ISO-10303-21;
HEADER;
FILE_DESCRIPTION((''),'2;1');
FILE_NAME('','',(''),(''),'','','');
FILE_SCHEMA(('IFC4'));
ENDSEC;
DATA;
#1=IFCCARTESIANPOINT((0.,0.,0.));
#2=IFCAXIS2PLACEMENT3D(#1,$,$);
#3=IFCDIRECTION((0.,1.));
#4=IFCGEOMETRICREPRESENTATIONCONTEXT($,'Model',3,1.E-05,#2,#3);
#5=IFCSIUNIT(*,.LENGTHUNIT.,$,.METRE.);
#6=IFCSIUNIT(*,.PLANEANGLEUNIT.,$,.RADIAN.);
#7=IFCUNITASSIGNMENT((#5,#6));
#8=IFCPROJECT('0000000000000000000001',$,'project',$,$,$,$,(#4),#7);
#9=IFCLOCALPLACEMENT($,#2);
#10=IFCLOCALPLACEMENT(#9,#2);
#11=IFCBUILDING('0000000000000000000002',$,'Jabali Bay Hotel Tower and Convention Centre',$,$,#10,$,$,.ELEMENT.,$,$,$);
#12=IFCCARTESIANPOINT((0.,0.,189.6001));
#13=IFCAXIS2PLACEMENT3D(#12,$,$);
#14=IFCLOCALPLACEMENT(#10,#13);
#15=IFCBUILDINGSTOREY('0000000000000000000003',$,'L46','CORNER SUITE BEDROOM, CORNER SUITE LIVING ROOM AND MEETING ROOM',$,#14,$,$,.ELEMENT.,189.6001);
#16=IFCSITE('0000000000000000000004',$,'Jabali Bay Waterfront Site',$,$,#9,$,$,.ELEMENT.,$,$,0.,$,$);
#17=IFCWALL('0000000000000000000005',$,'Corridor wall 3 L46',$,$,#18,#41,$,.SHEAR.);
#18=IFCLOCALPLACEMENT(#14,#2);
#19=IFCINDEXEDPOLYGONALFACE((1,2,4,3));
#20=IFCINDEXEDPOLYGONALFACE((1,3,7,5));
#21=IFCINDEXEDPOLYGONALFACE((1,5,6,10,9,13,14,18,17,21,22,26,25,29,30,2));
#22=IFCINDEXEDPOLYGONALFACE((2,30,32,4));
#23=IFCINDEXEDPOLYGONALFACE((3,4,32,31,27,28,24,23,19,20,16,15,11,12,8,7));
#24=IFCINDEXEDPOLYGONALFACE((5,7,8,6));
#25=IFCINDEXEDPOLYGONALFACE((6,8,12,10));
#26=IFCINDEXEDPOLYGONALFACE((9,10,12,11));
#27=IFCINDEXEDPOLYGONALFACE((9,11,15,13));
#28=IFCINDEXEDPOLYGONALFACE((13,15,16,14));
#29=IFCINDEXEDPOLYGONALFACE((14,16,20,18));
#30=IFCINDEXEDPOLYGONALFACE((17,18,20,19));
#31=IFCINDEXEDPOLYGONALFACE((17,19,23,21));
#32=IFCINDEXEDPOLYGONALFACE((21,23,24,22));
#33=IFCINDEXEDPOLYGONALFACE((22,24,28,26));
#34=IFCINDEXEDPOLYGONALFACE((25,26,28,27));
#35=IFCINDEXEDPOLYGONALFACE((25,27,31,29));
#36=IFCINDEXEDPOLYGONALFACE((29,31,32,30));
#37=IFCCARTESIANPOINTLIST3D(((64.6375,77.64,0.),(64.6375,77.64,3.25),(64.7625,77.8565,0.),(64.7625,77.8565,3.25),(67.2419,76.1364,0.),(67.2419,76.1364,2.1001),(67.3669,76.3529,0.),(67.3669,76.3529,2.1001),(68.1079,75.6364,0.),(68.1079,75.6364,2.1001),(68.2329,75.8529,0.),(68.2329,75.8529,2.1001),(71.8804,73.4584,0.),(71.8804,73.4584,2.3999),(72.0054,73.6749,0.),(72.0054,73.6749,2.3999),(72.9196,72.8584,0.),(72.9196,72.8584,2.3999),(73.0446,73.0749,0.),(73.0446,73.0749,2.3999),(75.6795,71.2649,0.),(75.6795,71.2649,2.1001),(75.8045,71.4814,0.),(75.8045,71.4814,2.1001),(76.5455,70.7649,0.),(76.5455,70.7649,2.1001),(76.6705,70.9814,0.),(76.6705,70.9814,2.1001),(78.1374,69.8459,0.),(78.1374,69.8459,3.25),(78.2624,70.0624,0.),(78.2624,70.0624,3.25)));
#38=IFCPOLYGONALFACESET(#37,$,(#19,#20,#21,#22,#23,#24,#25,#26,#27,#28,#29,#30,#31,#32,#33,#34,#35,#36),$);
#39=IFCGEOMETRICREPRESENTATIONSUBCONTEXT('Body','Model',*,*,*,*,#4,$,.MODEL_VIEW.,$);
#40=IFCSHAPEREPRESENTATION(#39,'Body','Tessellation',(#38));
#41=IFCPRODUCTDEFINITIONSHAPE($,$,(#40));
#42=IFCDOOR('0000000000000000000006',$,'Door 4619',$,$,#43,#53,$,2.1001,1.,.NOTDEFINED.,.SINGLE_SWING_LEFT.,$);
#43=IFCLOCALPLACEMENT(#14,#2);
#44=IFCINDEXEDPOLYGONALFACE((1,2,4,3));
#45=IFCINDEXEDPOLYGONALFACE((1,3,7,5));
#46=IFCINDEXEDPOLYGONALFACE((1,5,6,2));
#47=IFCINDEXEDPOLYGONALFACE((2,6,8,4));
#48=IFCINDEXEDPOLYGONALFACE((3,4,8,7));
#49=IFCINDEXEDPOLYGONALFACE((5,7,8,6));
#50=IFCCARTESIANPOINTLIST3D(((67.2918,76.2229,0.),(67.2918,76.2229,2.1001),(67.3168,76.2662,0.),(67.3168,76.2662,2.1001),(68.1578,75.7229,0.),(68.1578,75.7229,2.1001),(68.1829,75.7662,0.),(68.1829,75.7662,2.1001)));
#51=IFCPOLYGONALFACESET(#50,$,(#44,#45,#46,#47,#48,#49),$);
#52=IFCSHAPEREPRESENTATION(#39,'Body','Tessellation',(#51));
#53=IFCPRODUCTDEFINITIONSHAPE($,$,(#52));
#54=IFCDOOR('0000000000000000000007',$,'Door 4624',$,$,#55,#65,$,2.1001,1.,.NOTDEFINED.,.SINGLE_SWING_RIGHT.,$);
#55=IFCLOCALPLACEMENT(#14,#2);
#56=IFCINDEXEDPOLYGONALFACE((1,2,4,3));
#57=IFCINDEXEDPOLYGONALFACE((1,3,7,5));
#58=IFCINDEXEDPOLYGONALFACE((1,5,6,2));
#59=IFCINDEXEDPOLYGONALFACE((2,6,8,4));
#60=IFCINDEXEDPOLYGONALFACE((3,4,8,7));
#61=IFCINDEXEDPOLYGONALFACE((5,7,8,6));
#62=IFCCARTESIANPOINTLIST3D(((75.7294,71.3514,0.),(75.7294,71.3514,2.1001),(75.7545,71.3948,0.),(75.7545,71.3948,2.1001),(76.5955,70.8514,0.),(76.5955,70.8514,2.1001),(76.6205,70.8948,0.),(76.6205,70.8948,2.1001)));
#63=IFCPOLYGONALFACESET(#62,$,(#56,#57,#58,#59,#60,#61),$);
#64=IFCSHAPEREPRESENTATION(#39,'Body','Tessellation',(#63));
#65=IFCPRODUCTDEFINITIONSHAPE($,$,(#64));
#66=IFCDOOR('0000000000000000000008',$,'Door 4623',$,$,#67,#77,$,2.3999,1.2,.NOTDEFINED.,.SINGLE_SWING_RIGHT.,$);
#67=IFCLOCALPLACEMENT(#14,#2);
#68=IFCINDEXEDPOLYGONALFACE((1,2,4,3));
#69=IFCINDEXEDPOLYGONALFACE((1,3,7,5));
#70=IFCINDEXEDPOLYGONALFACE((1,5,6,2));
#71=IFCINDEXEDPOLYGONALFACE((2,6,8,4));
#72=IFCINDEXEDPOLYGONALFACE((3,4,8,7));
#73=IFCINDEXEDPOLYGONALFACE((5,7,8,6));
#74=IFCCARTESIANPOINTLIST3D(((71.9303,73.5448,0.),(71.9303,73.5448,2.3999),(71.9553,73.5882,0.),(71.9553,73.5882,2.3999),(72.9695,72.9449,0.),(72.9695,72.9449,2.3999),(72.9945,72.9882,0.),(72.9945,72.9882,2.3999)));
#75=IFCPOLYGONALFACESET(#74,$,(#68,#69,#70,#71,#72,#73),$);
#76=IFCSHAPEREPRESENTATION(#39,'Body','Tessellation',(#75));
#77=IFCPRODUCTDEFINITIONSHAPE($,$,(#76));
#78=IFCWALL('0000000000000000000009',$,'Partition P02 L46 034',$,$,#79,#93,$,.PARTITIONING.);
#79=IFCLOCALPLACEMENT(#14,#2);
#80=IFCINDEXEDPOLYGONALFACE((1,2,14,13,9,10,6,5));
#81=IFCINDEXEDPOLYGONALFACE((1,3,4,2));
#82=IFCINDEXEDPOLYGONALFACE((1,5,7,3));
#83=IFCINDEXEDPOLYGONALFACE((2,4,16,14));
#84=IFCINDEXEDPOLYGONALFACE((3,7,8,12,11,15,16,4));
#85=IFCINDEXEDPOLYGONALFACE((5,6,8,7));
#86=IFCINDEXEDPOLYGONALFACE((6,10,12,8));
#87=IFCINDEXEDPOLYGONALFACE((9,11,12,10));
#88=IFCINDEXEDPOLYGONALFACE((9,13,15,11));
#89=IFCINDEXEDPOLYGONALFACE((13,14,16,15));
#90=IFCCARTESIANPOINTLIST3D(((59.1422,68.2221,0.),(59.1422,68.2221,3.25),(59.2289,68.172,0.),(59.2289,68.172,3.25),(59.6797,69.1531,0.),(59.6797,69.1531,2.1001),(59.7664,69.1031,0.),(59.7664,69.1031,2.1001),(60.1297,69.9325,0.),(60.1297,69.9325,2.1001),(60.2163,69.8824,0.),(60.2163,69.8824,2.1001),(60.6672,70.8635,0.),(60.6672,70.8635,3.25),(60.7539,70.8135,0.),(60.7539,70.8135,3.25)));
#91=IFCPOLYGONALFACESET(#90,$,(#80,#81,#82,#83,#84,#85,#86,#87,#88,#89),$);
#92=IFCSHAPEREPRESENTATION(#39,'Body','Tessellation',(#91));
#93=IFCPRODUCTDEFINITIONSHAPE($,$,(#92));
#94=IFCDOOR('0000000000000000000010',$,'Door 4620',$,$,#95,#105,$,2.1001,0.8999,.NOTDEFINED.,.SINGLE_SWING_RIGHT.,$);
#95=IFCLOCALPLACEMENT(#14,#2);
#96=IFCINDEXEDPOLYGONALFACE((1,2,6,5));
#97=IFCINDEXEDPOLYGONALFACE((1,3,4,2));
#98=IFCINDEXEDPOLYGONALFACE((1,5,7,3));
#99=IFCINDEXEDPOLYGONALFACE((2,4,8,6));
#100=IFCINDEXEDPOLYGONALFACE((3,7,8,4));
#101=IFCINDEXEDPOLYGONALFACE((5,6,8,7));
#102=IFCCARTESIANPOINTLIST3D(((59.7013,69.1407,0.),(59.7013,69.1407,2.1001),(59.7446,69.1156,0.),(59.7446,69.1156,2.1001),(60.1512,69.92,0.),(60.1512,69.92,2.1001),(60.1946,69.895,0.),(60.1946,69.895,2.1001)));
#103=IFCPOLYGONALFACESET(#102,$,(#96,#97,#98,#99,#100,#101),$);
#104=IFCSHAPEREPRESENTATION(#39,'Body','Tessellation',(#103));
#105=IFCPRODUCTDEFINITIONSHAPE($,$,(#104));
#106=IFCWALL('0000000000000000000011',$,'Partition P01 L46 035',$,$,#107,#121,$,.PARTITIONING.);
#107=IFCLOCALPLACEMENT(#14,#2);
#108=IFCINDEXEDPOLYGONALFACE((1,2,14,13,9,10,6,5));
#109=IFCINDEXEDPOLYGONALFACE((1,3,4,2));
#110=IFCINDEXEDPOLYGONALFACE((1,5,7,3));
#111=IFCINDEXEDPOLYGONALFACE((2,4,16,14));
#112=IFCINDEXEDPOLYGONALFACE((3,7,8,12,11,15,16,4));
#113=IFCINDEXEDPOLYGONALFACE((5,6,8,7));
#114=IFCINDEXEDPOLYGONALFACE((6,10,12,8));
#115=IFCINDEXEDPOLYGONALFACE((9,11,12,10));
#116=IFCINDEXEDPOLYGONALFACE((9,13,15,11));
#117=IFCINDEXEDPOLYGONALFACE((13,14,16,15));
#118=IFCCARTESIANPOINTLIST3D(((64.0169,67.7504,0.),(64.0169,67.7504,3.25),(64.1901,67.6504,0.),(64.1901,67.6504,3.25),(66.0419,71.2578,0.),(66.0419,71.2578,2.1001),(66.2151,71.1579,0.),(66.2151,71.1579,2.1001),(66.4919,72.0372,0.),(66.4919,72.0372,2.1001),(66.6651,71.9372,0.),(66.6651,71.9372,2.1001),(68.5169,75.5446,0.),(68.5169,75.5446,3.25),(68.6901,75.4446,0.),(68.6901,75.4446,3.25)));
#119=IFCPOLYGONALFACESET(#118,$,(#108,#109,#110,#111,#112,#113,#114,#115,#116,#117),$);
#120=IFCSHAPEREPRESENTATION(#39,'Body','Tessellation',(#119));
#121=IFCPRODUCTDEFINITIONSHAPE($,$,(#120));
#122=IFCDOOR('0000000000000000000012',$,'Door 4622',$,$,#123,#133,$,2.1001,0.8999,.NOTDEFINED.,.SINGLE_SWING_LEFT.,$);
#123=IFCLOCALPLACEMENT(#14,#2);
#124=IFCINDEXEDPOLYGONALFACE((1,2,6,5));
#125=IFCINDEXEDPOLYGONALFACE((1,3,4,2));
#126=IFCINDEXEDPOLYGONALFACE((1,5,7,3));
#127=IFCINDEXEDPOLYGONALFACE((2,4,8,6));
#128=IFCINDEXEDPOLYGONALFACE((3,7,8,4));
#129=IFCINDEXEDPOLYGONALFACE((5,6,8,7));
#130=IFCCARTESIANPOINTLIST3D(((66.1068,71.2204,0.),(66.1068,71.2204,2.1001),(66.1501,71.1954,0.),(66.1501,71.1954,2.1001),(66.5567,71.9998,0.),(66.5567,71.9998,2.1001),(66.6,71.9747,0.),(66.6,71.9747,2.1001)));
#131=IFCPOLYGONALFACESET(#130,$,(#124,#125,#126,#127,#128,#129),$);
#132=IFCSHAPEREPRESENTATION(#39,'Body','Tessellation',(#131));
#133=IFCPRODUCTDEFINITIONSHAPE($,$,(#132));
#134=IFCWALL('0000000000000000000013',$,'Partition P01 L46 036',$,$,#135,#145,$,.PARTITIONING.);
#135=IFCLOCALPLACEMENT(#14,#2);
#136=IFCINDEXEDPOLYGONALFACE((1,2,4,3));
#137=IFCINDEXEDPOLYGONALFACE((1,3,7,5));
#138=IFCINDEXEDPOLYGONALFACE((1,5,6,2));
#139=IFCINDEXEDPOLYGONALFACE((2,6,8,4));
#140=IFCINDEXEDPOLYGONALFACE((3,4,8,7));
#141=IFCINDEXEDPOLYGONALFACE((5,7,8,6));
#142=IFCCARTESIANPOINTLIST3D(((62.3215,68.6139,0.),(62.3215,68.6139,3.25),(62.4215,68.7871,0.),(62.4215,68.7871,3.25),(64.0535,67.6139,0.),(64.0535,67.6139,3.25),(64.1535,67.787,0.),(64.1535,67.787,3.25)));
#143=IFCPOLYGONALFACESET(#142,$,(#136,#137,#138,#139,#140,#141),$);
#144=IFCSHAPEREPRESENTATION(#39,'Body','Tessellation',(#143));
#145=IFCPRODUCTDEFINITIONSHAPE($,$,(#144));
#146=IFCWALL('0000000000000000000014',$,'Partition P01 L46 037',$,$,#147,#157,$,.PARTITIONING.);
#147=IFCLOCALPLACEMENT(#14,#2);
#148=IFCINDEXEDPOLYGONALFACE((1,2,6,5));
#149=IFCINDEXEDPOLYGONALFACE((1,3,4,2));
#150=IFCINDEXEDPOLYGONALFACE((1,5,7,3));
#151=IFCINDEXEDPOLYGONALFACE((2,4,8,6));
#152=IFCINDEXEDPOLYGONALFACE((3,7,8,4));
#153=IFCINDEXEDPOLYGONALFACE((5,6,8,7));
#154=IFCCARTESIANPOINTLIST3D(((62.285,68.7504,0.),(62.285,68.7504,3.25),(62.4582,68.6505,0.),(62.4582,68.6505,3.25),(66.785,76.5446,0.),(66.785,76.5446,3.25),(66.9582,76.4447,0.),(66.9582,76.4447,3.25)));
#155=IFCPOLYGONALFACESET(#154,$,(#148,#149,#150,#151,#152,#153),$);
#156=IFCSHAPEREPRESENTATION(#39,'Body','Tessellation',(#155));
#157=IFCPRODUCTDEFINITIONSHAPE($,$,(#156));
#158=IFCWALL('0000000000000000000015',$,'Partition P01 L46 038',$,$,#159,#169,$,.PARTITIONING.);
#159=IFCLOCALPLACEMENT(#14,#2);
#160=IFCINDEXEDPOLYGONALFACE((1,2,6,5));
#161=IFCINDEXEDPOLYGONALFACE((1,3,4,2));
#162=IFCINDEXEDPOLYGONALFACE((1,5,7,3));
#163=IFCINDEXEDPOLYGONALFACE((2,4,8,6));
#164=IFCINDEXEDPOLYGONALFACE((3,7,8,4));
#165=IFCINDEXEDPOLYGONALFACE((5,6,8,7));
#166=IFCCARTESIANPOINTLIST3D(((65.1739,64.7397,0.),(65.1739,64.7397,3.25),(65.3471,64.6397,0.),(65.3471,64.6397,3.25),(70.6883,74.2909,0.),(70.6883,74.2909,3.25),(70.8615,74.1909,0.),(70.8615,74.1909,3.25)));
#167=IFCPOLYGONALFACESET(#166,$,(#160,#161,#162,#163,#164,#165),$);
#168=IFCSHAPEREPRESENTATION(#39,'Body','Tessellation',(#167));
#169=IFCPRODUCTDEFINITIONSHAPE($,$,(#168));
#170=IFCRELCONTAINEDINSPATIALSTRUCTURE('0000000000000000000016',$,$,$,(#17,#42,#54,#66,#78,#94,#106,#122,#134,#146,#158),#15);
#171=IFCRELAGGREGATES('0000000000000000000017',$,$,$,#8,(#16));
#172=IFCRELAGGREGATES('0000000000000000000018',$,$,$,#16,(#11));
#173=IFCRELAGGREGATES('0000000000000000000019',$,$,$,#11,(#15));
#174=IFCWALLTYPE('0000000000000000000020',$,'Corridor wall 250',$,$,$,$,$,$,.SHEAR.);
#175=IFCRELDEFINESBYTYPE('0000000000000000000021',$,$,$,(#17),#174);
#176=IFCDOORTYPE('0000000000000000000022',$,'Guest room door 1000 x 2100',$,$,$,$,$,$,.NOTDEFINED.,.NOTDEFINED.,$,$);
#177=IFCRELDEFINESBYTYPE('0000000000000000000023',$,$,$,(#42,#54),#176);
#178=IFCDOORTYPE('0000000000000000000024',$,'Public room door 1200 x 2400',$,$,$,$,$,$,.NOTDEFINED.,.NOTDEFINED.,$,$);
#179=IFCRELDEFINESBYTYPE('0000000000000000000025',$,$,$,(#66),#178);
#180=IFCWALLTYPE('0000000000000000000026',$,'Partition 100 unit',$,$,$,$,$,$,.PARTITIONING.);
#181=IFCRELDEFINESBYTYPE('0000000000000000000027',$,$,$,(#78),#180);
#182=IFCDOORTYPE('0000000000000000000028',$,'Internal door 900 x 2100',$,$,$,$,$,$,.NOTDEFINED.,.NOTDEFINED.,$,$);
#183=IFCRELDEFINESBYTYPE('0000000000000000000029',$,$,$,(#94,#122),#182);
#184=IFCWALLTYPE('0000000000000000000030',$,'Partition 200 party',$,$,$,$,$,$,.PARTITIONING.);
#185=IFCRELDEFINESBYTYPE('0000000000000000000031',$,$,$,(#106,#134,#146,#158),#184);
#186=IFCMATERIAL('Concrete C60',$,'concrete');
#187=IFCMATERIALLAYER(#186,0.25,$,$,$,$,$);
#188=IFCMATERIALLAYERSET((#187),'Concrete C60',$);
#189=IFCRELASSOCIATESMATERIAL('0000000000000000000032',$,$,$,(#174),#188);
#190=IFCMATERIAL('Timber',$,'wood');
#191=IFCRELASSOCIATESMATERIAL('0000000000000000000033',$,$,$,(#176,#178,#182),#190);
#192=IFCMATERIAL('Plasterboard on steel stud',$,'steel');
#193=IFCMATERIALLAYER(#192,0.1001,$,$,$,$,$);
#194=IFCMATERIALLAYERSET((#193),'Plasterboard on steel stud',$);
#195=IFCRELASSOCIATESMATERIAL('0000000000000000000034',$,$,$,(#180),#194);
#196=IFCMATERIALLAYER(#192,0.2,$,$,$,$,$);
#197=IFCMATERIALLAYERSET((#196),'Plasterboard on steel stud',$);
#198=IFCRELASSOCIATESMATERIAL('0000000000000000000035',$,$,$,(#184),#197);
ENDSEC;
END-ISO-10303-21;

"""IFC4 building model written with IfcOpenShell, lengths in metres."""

from ifc_helpers import new_model, si_unit, direction, frame, frame_2d, origin, place, context, subcontext, project, spatial, rectangle, extrude, material, layer, layer_set, type_object, element, fill, save


model = new_model("IFC4")

# Units and contexts
model_context = context("Model", 3, precision=1e-05, world=origin(), true_north=direction((0.0, 1.0)))
body_context = subcontext(model_context, "Body", "Model", "MODEL_VIEW")
ifc_project = project(units=[si_unit("LENGTHUNIT", "METRE"), si_unit("PLANEANGLEUNIT", "RADIAN")], contexts=[model_context])

# Site, building, storey
site_placement = place(None, origin())
site = spatial("IfcSite", under=ifc_project, at=site_placement, Name="Jabali Bay Waterfront Site", CompositionType="ELEMENT", RefElevation=0.0)
building_placement = place(site_placement, origin())
building = spatial("IfcBuilding", under=site, at=building_placement, Name="Jabali Bay Hotel Tower and Convention Centre", CompositionType="ELEMENT")
storey_placement = place(building_placement, frame((0.0, 0.0, 189.6001)))
storey = spatial("IfcBuildingStorey", under=building, at=storey_placement, Name="L46", Description="CORNER SUITE BEDROOM, CORNER SUITE LIVING ROOM AND MEETING ROOM", CompositionType="ELEMENT", Elevation=189.6001)

# Shared definitions
ifc_material_1 = material(Name="Concrete C60", Category="concrete")

# Wall, openings, doors
ifc_layer_1 = layer(ifc_material_1, 0.25)
ifc_layer_set_1 = layer_set([ifc_layer_1], Name="Concrete C60")
wall_type_1 = type_object("IfcWallType", Name="Corridor wall 250", PredefinedType="SHEAR", material=ifc_layer_set_1)
wall_1_placement = place(storey_placement, frame((64.7, 77.7483, 0.0), z_axis=(0.0, 0.0, 1.0), x_axis=(0.866026, -0.499998, 0.0)))
wall_1 = element("IfcWall", 1, at=wall_1_placement, inside=storey, type_object=wall_type_1, Name="Corridor wall 3 L46", PredefinedType="SHEAR", context=body_context, shape_type="SweptSolid", body=[
    extrude(rectangle(XDim=15.5884, YDim=0.25, at=frame_2d((7.7942, 0.0))), origin(), (0.0, 0.0, 1.0), 3.25),
])
opening_1_placement = place(wall_1_placement, frame((3.0073, 0.0, 0.0)))
opening_1 = element("IfcOpeningElement", 2, at=opening_1_placement, cuts=wall_1, PredefinedType="OPENING", context=body_context, shape_type="SweptSolid", body=[
    extrude(rectangle(XDim=1.0, YDim=2.1001, at=frame_2d((0.5, 1.05))), frame((0.0, 0.1355, 0.0), z_axis=(0.0, -1.0, 0.0), x_axis=(1.0, 0.0, 0.0)), (0.0, 0.0, 1.0), 0.271),
])
opening_2_placement = place(wall_1_placement, frame((8.3633, 0.0, 0.0)))
opening_2 = element("IfcOpeningElement", 3, at=opening_2_placement, cuts=wall_1, PredefinedType="OPENING", context=body_context, shape_type="SweptSolid", body=[
    extrude(rectangle(XDim=1.2, YDim=2.3999, at=frame_2d((0.6001, 1.2))), frame((0.0, 0.1355, 0.0), z_axis=(0.0, -1.0, 0.0), x_axis=(1.0, 0.0, 0.0)), (0.0, 0.0, 1.0), 0.271),
])
opening_3_placement = place(wall_1_placement, frame((12.7502, 0.0, 0.0)))
opening_3 = element("IfcOpeningElement", 4, at=opening_3_placement, cuts=wall_1, PredefinedType="OPENING", context=body_context, shape_type="SweptSolid", body=[
    extrude(rectangle(XDim=1.0, YDim=2.1001, at=frame_2d((0.5, 1.05))), frame((0.0, 0.1355, 0.0), z_axis=(0.0, -1.0, 0.0), x_axis=(1.0, 0.0, 0.0)), (0.0, 0.0, 1.0), 0.271),
])
ifc_material_2 = material(Name="Timber", Category="wood")
door_type_1 = type_object("IfcDoorType", Name="Guest room door 1000 x 2100", OperationType="NOTDEFINED", PredefinedType="NOTDEFINED", material=ifc_material_2)
door_1_placement = place(opening_1_placement, origin())
door_1 = element("IfcDoor", 5, at=door_1_placement, inside=storey, type_object=door_type_1, Name="Door 4619", OperationType="SINGLE_SWING_LEFT", OverallHeight=2.1001, OverallWidth=1.0, PredefinedType="NOTDEFINED", context=body_context, shape_type="SweptSolid", body=[
    extrude(rectangle(XDim=1.0, YDim=2.1001, at=frame_2d((0.5, 1.05))), frame((0.0, 0.0249, 0.0), z_axis=(0.0, -1.0, 0.0), x_axis=(1.0, 0.0, 0.0)), (0.0, 0.0, 1.0), 0.05),
])
fill(opening_1, door_1)
door_2_placement = place(opening_3_placement, origin())
door_2 = element("IfcDoor", 6, at=door_2_placement, inside=storey, type_object=door_type_1, Name="Door 4624", OperationType="SINGLE_SWING_RIGHT", OverallHeight=2.1001, OverallWidth=1.0, PredefinedType="NOTDEFINED", context=body_context, shape_type="SweptSolid", body=[
    extrude(rectangle(XDim=1.0, YDim=2.1001, at=frame_2d((0.5, 1.05))), frame((0.0, 0.0249, 0.0), z_axis=(0.0, -1.0, 0.0), x_axis=(1.0, 0.0, 0.0)), (0.0, 0.0, 1.0), 0.05),
])
fill(opening_3, door_2)
door_type_2 = type_object("IfcDoorType", Name="Public room door 1200 x 2400", OperationType="NOTDEFINED", PredefinedType="NOTDEFINED", material=ifc_material_2)
door_3_placement = place(opening_2_placement, origin())
door_3 = element("IfcDoor", 7, at=door_3_placement, inside=storey, type_object=door_type_2, Name="Door 4623", OperationType="SINGLE_SWING_RIGHT", OverallHeight=2.3999, OverallWidth=1.2, PredefinedType="NOTDEFINED", context=body_context, shape_type="SweptSolid", body=[
    extrude(rectangle(XDim=1.2, YDim=2.3999, at=frame_2d((0.6001, 1.2))), frame((0.0, 0.0249, 0.0), z_axis=(0.0, -1.0, 0.0), x_axis=(1.0, 0.0, 0.0)), (0.0, 0.0, 1.0), 0.05),
])
fill(opening_2, door_3)

# Walls, openings, doors
ifc_material_3 = material(Name="Plasterboard on steel stud", Category="steel")
ifc_layer_2 = layer(ifc_material_3, 0.1001)
ifc_layer_set_2 = layer_set([ifc_layer_2], Name="Plasterboard on steel stud")
wall_type_2 = type_object("IfcWallType", Name="Partition 100 unit", PredefinedType="PARTITIONING", material=ifc_layer_set_2)
wall_2_placement = place(storey_placement, frame((60.7104, 70.8384, 0.0), z_axis=(0.0, 0.0, 1.0), x_axis=(-0.499979, -0.866038, 0.0)))
wall_2 = element("IfcWall", 8, at=wall_2_placement, inside=storey, type_object=wall_type_2, Name="Partition P02 L46 034", PredefinedType="PARTITIONING", context=body_context, shape_type="SweptSolid", body=[
    extrude(rectangle(XDim=3.05, YDim=0.1001, at=frame_2d((1.5249, 0.0))), origin(), (0.0, 0.0, 1.0), 3.25),
])
opening_4_placement = place(wall_2_placement, frame((1.075, 0.0, 0.0)))
opening_4 = element("IfcOpeningElement", 9, at=opening_4_placement, cuts=wall_2, PredefinedType="OPENING", context=body_context, shape_type="SweptSolid", body=[
    extrude(rectangle(XDim=0.8999, YDim=2.1001, at=frame_2d((0.45, 1.05))), frame((0.0, 0.0605, 0.0), z_axis=(0.0, -1.0, 0.0), x_axis=(1.0, 0.0, 0.0)), (0.0, 0.0, 1.0), 0.1211),
])
door_type_3 = type_object("IfcDoorType", Name="Internal door 900 x 2100", OperationType="NOTDEFINED", PredefinedType="NOTDEFINED", material=ifc_material_2)
door_4_placement = place(opening_4_placement, origin())
door_4 = element("IfcDoor", 10, at=door_4_placement, inside=storey, type_object=door_type_3, Name="Door 4620", OperationType="SINGLE_SWING_RIGHT", OverallHeight=2.1001, OverallWidth=0.8999, PredefinedType="NOTDEFINED", context=body_context, shape_type="SweptSolid", body=[
    extrude(rectangle(XDim=0.8999, YDim=2.1001, at=frame_2d((0.45, 1.05))), frame((0.0, 0.0249, 0.0), z_axis=(0.0, -1.0, 0.0), x_axis=(1.0, 0.0, 0.0)), (0.0, 0.0, 1.0), 0.05),
])
fill(opening_4, door_4)
ifc_layer_3 = layer(ifc_material_3, 0.2)
ifc_layer_set_3 = layer_set([ifc_layer_3], Name="Plasterboard on steel stud")
wall_type_3 = type_object("IfcWallType", Name="Partition 200 party", PredefinedType="PARTITIONING", material=ifc_layer_set_3)
wall_3_placement = place(storey_placement, frame((68.6035, 75.4946, 0.0), z_axis=(0.0, 0.0, 1.0), x_axis=(-0.500002, -0.866024, 0.0)))
wall_3 = element("IfcWall", 11, at=wall_3_placement, inside=storey, type_object=wall_type_3, Name="Partition P01 L46 035", PredefinedType="PARTITIONING", context=body_context, shape_type="SweptSolid", body=[
    extrude(rectangle(XDim=9.0, YDim=0.2, at=frame_2d((4.5, 0.0))), origin(), (0.0, 0.0, 1.0), 3.25),
])
opening_5_placement = place(wall_3_placement, frame((4.05, 0.0, 0.0)))
opening_5 = element("IfcOpeningElement", 12, at=opening_5_placement, cuts=wall_3, PredefinedType="OPENING", context=body_context, shape_type="SweptSolid", body=[
    extrude(rectangle(XDim=0.8999, YDim=2.1001, at=frame_2d((0.45, 1.05))), frame((0.0, 0.1104, 0.0), z_axis=(0.0, -1.0, 0.0), x_axis=(1.0, 0.0, 0.0)), (0.0, 0.0, 1.0), 0.2209),
])
door_5_placement = place(opening_5_placement, origin())
door_5 = element("IfcDoor", 13, at=door_5_placement, inside=storey, type_object=door_type_3, Name="Door 4622", OperationType="SINGLE_SWING_LEFT", OverallHeight=2.1001, OverallWidth=0.8999, PredefinedType="NOTDEFINED", context=body_context, shape_type="SweptSolid", body=[
    extrude(rectangle(XDim=0.8999, YDim=2.1001, at=frame_2d((0.45, 1.05))), frame((0.0, 0.0249, 0.0), z_axis=(0.0, -1.0, 0.0), x_axis=(1.0, 0.0, 0.0)), (0.0, 0.0, 1.0), 0.05),
])
fill(opening_5, door_5)

# Walls
wall_4_placement = place(storey_placement, frame((64.1035, 67.7004, 0.0), z_axis=(0.0, 0.0, 1.0), x_axis=(-0.866011, 0.500025, 0.0)))
element("IfcWall", 14, at=wall_4_placement, inside=storey, type_object=wall_type_3, Name="Partition P01 L46 036", PredefinedType="PARTITIONING", context=body_context, shape_type="SweptSolid", body=[
    extrude(rectangle(XDim=2.0, YDim=0.2, at=frame_2d((1.0, 0.0))), origin(), (0.0, 0.0, 1.0), 3.25),
])
wall_5_placement = place(storey_placement, frame((62.3716, 68.7004, 0.0), z_axis=(0.0, 0.0, 1.0), x_axis=(0.500002, 0.866024, 0.0)))
element("IfcWall", 15, at=wall_5_placement, inside=storey, type_object=wall_type_3, Name="Partition P01 L46 037", PredefinedType="PARTITIONING", context=body_context, shape_type="SweptSolid", body=[
    extrude(rectangle(XDim=9.0, YDim=0.2, at=frame_2d((4.5, 0.0))), origin(), (0.0, 0.0, 1.0), 3.25),
])
wall_6_placement = place(storey_placement, frame((65.2605, 64.6897, 0.0), z_axis=(0.0, 0.0, 1.0), x_axis=(0.499998, 0.866026, 0.0)))
element("IfcWall", 16, at=wall_6_placement, inside=storey, type_object=wall_type_3, Name="Partition P01 L46 038", PredefinedType="PARTITIONING", context=body_context, shape_type="SweptSolid", body=[
    extrude(rectangle(XDim=11.0288, YDim=0.2, at=frame_2d((5.5144, 0.0))), origin(), (0.0, 0.0, 1.0), 3.25),
])

save(model, "model.ifc")
